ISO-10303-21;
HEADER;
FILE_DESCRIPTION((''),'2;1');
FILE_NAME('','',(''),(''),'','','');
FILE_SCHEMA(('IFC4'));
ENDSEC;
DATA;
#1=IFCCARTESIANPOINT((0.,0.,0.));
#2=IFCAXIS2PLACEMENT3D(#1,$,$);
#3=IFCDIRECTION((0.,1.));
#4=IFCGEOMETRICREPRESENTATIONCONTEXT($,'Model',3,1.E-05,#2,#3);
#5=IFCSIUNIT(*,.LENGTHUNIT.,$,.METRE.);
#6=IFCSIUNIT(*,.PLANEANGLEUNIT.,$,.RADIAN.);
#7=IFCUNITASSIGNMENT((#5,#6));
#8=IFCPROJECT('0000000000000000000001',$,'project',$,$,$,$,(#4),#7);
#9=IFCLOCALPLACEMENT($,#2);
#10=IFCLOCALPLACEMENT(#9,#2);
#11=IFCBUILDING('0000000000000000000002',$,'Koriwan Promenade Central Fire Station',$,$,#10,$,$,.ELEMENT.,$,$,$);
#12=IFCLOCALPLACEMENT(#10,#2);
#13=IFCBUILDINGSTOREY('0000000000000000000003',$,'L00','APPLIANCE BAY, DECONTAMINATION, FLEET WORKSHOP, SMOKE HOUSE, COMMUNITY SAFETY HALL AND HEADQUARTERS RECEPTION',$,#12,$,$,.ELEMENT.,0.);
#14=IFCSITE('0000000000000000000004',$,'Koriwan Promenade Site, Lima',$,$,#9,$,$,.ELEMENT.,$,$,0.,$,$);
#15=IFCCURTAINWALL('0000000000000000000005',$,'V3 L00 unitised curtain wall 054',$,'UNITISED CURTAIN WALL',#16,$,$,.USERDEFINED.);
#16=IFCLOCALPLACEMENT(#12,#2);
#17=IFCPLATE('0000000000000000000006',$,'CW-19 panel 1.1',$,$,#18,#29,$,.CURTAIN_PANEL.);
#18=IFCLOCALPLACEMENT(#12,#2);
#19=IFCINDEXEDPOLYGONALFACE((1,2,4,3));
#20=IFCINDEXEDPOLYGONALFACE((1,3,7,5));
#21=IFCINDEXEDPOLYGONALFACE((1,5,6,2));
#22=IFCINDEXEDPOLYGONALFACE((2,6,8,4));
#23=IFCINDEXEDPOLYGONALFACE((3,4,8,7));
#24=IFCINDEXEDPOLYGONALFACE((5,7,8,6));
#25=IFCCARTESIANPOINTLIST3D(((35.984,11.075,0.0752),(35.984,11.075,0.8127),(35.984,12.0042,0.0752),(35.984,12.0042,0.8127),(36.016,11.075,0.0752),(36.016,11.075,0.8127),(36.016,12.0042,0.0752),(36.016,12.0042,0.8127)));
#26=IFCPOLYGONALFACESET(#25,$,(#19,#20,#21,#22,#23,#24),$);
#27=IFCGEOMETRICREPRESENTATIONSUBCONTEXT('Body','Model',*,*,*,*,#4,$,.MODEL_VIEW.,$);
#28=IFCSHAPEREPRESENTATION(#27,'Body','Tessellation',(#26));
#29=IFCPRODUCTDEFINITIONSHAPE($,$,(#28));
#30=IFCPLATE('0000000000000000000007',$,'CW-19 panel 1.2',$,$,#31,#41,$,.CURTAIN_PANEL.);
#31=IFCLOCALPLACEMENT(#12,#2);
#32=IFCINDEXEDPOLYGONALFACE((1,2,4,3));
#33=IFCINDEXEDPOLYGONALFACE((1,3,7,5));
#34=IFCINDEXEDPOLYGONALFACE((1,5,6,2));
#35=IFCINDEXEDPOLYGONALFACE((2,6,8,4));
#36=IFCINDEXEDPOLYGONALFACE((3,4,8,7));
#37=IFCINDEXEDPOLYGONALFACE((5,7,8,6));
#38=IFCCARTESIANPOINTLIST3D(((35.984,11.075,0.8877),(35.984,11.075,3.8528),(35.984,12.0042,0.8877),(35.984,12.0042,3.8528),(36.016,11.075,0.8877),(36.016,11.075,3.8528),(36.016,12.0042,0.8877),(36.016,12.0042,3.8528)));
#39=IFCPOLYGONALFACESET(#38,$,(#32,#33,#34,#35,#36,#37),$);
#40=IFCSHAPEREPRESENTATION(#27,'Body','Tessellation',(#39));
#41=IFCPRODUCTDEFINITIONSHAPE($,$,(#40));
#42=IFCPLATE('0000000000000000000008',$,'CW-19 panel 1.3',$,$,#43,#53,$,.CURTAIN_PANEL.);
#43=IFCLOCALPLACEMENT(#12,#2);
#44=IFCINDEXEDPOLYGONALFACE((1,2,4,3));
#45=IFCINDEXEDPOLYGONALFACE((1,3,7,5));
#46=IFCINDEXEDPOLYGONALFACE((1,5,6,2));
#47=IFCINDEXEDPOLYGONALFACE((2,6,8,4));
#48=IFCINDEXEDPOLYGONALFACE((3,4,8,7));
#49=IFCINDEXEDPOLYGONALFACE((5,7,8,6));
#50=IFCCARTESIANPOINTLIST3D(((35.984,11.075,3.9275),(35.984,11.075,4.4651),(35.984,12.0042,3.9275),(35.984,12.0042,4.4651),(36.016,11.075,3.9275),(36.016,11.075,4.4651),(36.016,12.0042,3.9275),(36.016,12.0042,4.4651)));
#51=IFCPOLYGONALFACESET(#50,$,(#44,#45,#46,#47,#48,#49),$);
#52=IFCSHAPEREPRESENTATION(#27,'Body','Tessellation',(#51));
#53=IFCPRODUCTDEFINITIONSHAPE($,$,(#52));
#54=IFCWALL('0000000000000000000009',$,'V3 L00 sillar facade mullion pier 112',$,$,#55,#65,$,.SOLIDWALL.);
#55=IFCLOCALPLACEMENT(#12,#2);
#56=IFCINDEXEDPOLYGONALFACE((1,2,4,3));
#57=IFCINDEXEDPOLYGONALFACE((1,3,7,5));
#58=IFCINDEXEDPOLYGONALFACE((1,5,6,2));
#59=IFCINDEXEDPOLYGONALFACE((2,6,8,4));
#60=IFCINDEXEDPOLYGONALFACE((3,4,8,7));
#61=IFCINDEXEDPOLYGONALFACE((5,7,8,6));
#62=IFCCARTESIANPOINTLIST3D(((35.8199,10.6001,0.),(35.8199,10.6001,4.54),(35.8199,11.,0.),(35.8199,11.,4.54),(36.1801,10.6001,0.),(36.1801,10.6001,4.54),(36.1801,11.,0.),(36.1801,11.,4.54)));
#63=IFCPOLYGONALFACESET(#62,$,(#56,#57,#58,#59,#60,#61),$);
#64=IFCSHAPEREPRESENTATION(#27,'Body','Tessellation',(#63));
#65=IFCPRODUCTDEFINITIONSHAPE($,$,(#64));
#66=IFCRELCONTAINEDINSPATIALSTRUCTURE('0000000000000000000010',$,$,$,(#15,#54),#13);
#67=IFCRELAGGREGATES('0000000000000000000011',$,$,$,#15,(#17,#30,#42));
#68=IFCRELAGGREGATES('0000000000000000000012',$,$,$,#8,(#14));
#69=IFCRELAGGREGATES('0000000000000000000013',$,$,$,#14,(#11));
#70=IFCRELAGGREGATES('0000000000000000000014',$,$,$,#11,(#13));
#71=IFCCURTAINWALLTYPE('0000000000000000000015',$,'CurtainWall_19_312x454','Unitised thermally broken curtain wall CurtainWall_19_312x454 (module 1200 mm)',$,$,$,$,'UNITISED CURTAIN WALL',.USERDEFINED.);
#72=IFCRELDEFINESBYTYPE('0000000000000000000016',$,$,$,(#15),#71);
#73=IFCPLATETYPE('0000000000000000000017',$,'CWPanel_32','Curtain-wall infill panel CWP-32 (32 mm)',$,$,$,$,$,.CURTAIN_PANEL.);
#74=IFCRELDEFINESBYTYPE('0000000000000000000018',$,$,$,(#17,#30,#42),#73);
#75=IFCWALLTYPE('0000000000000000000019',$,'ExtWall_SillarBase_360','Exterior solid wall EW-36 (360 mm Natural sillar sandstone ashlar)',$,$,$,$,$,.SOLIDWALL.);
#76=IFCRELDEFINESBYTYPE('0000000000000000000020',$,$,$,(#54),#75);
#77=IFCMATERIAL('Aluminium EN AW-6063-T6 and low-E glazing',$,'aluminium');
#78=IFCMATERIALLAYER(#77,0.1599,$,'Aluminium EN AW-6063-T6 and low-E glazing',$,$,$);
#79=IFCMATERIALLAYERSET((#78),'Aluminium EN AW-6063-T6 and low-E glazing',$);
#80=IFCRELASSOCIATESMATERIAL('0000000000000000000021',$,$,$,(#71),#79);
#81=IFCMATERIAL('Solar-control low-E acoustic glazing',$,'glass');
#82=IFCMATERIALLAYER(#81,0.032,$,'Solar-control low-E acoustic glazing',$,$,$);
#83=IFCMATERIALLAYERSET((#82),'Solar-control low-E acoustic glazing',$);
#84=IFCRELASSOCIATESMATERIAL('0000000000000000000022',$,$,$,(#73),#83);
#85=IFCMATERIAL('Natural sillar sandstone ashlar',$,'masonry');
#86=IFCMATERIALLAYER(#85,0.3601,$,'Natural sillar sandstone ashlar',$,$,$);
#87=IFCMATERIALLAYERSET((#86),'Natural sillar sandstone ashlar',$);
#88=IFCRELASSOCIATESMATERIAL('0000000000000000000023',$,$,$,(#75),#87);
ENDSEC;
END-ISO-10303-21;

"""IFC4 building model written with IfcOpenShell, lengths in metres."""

from ifc_helpers import new_model, si_unit, direction, frame, frame_2d, origin, origin_2d, place, context, subcontext, project, spatial, rectangle, extrude, material, layer, layer_set, type_object, element, aggregate, save


model = new_model("IFC4")

# Units and contexts
model_context = context("Model", 3, precision=1e-05, world=origin(), true_north=direction((0.0, 1.0)))
body_context = subcontext(model_context, "Body", "Model", "MODEL_VIEW")
ifc_project = project(units=[si_unit("LENGTHUNIT", "METRE"), si_unit("PLANEANGLEUNIT", "RADIAN")], contexts=[model_context])

# Site, building, storey
site_placement = place(None, origin())
site = spatial("IfcSite", under=ifc_project, at=site_placement, Name="Koriwan Promenade Site, Lima", CompositionType="ELEMENT", RefElevation=0.0)
building_placement = place(site_placement, origin())
building = spatial("IfcBuilding", under=site, at=building_placement, Name="Koriwan Promenade Central Fire Station", CompositionType="ELEMENT")
storey_placement = place(building_placement, origin())
storey = spatial("IfcBuildingStorey", under=building, at=storey_placement, Name="L00", Description="APPLIANCE BAY, DECONTAMINATION, FLEET WORKSHOP, SMOKE HOUSE, COMMUNITY SAFETY HALL AND HEADQUARTERS RECEPTION", CompositionType="ELEMENT", Elevation=0.0)

# Shared definitions
ifc_material_1 = material(Name="Aluminium EN AW-6063-T6 and low-E glazing", Category="aluminium")

# Curtain wall
ifc_layer_1 = layer(ifc_material_1, 0.1599, Name="Aluminium EN AW-6063-T6 and low-E glazing")
ifc_layer_set_1 = layer_set([ifc_layer_1], Name="Aluminium EN AW-6063-T6 and low-E glazing")
curtain_wall_type_1 = type_object("IfcCurtainWallType", Name="CurtainWall_19_312x454", Description="Unitised thermally broken curtain wall CurtainWall_19_312x454 (module 1200 mm)", ElementType="UNITISED CURTAIN WALL", PredefinedType="USERDEFINED", material=ifc_layer_set_1)
curtain_wall_1_placement = place(storey_placement, origin())
curtain_wall_1 = element("IfcCurtainWall", 1, at=curtain_wall_1_placement, inside=storey, type_object=curtain_wall_type_1, Name="V3 L00 unitised curtain wall 054", ObjectType="UNITISED CURTAIN WALL", PredefinedType="USERDEFINED")

# Plates
ifc_material_2 = material(Name="Solar-control low-E acoustic glazing", Category="glass")
ifc_layer_2 = layer(ifc_material_2, 0.032, Name="Solar-control low-E acoustic glazing")
ifc_layer_set_2 = layer_set([ifc_layer_2], Name="Solar-control low-E acoustic glazing")
plate_type_1 = type_object("IfcPlateType", Name="CWPanel_32", Description="Curtain-wall infill panel CWP-32 (32 mm)", PredefinedType="CURTAIN_PANEL", material=ifc_layer_set_2)
plate_1_placement = place(storey_placement, frame((36.0, 11.5396, 0.0752), z_axis=(0.0, 0.0, 1.0), x_axis=(0.0, 1.0, 0.0)))
plate_1 = element("IfcPlate", 2, at=plate_1_placement, type_object=plate_type_1, Name="CW-19 panel 1.1", PredefinedType="CURTAIN_PANEL", context=body_context, shape_type="SweptSolid", body=[
    extrude(rectangle(XDim=0.9292, YDim=0.032, at=origin_2d()), origin(), (0.0, 0.0, 1.0), 0.7375),
])
plate_2_placement = place(storey_placement, frame((36.0, 11.5396, 0.8877), z_axis=(0.0, 0.0, 1.0), x_axis=(0.0, 1.0, 0.0)))
plate_2 = element("IfcPlate", 3, at=plate_2_placement, type_object=plate_type_1, Name="CW-19 panel 1.2", PredefinedType="CURTAIN_PANEL", context=body_context, shape_type="SweptSolid", body=[
    extrude(rectangle(XDim=0.9292, YDim=0.032, at=origin_2d()), origin(), (0.0, 0.0, 1.0), 2.9651),
])
plate_3_placement = place(storey_placement, frame((36.0, 11.5396, 3.9275), z_axis=(0.0, 0.0, 1.0), x_axis=(0.0, 1.0, 0.0)))
plate_3 = element("IfcPlate", 4, at=plate_3_placement, type_object=plate_type_1, Name="CW-19 panel 1.3", PredefinedType="CURTAIN_PANEL", context=body_context, shape_type="SweptSolid", body=[
    extrude(rectangle(XDim=0.9292, YDim=0.032, at=origin_2d()), origin(), (0.0, 0.0, 1.0), 0.5376),
])
aggregate(curtain_wall_1, [plate_1, plate_2, plate_3])

# Wall
ifc_material_3 = material(Name="Natural sillar sandstone ashlar", Category="masonry")
ifc_layer_3 = layer(ifc_material_3, 0.3601, Name="Natural sillar sandstone ashlar")
ifc_layer_set_3 = layer_set([ifc_layer_3], Name="Natural sillar sandstone ashlar")
wall_type = type_object("IfcWallType", Name="ExtWall_SillarBase_360", Description="Exterior solid wall EW-36 (360 mm Natural sillar sandstone ashlar)", PredefinedType="SOLIDWALL", material=ifc_layer_set_3)
wall_placement = place(storey_placement, frame((36.0, 10.6001, 0.0), z_axis=(0.0, 0.0, 1.0), x_axis=(0.0, 1.0, 0.0)))
element("IfcWall", 5, at=wall_placement, inside=storey, type_object=wall_type, Name="V3 L00 sillar facade mullion pier 112", PredefinedType="SOLIDWALL", context=body_context, shape_type="SweptSolid", body=[
    extrude(rectangle(XDim=0.3999, YDim=0.3601, at=frame_2d((0.2, 0.0))), origin(), (0.0, 0.0, 1.0), 4.54),
])

save(model, "model.ifc")
